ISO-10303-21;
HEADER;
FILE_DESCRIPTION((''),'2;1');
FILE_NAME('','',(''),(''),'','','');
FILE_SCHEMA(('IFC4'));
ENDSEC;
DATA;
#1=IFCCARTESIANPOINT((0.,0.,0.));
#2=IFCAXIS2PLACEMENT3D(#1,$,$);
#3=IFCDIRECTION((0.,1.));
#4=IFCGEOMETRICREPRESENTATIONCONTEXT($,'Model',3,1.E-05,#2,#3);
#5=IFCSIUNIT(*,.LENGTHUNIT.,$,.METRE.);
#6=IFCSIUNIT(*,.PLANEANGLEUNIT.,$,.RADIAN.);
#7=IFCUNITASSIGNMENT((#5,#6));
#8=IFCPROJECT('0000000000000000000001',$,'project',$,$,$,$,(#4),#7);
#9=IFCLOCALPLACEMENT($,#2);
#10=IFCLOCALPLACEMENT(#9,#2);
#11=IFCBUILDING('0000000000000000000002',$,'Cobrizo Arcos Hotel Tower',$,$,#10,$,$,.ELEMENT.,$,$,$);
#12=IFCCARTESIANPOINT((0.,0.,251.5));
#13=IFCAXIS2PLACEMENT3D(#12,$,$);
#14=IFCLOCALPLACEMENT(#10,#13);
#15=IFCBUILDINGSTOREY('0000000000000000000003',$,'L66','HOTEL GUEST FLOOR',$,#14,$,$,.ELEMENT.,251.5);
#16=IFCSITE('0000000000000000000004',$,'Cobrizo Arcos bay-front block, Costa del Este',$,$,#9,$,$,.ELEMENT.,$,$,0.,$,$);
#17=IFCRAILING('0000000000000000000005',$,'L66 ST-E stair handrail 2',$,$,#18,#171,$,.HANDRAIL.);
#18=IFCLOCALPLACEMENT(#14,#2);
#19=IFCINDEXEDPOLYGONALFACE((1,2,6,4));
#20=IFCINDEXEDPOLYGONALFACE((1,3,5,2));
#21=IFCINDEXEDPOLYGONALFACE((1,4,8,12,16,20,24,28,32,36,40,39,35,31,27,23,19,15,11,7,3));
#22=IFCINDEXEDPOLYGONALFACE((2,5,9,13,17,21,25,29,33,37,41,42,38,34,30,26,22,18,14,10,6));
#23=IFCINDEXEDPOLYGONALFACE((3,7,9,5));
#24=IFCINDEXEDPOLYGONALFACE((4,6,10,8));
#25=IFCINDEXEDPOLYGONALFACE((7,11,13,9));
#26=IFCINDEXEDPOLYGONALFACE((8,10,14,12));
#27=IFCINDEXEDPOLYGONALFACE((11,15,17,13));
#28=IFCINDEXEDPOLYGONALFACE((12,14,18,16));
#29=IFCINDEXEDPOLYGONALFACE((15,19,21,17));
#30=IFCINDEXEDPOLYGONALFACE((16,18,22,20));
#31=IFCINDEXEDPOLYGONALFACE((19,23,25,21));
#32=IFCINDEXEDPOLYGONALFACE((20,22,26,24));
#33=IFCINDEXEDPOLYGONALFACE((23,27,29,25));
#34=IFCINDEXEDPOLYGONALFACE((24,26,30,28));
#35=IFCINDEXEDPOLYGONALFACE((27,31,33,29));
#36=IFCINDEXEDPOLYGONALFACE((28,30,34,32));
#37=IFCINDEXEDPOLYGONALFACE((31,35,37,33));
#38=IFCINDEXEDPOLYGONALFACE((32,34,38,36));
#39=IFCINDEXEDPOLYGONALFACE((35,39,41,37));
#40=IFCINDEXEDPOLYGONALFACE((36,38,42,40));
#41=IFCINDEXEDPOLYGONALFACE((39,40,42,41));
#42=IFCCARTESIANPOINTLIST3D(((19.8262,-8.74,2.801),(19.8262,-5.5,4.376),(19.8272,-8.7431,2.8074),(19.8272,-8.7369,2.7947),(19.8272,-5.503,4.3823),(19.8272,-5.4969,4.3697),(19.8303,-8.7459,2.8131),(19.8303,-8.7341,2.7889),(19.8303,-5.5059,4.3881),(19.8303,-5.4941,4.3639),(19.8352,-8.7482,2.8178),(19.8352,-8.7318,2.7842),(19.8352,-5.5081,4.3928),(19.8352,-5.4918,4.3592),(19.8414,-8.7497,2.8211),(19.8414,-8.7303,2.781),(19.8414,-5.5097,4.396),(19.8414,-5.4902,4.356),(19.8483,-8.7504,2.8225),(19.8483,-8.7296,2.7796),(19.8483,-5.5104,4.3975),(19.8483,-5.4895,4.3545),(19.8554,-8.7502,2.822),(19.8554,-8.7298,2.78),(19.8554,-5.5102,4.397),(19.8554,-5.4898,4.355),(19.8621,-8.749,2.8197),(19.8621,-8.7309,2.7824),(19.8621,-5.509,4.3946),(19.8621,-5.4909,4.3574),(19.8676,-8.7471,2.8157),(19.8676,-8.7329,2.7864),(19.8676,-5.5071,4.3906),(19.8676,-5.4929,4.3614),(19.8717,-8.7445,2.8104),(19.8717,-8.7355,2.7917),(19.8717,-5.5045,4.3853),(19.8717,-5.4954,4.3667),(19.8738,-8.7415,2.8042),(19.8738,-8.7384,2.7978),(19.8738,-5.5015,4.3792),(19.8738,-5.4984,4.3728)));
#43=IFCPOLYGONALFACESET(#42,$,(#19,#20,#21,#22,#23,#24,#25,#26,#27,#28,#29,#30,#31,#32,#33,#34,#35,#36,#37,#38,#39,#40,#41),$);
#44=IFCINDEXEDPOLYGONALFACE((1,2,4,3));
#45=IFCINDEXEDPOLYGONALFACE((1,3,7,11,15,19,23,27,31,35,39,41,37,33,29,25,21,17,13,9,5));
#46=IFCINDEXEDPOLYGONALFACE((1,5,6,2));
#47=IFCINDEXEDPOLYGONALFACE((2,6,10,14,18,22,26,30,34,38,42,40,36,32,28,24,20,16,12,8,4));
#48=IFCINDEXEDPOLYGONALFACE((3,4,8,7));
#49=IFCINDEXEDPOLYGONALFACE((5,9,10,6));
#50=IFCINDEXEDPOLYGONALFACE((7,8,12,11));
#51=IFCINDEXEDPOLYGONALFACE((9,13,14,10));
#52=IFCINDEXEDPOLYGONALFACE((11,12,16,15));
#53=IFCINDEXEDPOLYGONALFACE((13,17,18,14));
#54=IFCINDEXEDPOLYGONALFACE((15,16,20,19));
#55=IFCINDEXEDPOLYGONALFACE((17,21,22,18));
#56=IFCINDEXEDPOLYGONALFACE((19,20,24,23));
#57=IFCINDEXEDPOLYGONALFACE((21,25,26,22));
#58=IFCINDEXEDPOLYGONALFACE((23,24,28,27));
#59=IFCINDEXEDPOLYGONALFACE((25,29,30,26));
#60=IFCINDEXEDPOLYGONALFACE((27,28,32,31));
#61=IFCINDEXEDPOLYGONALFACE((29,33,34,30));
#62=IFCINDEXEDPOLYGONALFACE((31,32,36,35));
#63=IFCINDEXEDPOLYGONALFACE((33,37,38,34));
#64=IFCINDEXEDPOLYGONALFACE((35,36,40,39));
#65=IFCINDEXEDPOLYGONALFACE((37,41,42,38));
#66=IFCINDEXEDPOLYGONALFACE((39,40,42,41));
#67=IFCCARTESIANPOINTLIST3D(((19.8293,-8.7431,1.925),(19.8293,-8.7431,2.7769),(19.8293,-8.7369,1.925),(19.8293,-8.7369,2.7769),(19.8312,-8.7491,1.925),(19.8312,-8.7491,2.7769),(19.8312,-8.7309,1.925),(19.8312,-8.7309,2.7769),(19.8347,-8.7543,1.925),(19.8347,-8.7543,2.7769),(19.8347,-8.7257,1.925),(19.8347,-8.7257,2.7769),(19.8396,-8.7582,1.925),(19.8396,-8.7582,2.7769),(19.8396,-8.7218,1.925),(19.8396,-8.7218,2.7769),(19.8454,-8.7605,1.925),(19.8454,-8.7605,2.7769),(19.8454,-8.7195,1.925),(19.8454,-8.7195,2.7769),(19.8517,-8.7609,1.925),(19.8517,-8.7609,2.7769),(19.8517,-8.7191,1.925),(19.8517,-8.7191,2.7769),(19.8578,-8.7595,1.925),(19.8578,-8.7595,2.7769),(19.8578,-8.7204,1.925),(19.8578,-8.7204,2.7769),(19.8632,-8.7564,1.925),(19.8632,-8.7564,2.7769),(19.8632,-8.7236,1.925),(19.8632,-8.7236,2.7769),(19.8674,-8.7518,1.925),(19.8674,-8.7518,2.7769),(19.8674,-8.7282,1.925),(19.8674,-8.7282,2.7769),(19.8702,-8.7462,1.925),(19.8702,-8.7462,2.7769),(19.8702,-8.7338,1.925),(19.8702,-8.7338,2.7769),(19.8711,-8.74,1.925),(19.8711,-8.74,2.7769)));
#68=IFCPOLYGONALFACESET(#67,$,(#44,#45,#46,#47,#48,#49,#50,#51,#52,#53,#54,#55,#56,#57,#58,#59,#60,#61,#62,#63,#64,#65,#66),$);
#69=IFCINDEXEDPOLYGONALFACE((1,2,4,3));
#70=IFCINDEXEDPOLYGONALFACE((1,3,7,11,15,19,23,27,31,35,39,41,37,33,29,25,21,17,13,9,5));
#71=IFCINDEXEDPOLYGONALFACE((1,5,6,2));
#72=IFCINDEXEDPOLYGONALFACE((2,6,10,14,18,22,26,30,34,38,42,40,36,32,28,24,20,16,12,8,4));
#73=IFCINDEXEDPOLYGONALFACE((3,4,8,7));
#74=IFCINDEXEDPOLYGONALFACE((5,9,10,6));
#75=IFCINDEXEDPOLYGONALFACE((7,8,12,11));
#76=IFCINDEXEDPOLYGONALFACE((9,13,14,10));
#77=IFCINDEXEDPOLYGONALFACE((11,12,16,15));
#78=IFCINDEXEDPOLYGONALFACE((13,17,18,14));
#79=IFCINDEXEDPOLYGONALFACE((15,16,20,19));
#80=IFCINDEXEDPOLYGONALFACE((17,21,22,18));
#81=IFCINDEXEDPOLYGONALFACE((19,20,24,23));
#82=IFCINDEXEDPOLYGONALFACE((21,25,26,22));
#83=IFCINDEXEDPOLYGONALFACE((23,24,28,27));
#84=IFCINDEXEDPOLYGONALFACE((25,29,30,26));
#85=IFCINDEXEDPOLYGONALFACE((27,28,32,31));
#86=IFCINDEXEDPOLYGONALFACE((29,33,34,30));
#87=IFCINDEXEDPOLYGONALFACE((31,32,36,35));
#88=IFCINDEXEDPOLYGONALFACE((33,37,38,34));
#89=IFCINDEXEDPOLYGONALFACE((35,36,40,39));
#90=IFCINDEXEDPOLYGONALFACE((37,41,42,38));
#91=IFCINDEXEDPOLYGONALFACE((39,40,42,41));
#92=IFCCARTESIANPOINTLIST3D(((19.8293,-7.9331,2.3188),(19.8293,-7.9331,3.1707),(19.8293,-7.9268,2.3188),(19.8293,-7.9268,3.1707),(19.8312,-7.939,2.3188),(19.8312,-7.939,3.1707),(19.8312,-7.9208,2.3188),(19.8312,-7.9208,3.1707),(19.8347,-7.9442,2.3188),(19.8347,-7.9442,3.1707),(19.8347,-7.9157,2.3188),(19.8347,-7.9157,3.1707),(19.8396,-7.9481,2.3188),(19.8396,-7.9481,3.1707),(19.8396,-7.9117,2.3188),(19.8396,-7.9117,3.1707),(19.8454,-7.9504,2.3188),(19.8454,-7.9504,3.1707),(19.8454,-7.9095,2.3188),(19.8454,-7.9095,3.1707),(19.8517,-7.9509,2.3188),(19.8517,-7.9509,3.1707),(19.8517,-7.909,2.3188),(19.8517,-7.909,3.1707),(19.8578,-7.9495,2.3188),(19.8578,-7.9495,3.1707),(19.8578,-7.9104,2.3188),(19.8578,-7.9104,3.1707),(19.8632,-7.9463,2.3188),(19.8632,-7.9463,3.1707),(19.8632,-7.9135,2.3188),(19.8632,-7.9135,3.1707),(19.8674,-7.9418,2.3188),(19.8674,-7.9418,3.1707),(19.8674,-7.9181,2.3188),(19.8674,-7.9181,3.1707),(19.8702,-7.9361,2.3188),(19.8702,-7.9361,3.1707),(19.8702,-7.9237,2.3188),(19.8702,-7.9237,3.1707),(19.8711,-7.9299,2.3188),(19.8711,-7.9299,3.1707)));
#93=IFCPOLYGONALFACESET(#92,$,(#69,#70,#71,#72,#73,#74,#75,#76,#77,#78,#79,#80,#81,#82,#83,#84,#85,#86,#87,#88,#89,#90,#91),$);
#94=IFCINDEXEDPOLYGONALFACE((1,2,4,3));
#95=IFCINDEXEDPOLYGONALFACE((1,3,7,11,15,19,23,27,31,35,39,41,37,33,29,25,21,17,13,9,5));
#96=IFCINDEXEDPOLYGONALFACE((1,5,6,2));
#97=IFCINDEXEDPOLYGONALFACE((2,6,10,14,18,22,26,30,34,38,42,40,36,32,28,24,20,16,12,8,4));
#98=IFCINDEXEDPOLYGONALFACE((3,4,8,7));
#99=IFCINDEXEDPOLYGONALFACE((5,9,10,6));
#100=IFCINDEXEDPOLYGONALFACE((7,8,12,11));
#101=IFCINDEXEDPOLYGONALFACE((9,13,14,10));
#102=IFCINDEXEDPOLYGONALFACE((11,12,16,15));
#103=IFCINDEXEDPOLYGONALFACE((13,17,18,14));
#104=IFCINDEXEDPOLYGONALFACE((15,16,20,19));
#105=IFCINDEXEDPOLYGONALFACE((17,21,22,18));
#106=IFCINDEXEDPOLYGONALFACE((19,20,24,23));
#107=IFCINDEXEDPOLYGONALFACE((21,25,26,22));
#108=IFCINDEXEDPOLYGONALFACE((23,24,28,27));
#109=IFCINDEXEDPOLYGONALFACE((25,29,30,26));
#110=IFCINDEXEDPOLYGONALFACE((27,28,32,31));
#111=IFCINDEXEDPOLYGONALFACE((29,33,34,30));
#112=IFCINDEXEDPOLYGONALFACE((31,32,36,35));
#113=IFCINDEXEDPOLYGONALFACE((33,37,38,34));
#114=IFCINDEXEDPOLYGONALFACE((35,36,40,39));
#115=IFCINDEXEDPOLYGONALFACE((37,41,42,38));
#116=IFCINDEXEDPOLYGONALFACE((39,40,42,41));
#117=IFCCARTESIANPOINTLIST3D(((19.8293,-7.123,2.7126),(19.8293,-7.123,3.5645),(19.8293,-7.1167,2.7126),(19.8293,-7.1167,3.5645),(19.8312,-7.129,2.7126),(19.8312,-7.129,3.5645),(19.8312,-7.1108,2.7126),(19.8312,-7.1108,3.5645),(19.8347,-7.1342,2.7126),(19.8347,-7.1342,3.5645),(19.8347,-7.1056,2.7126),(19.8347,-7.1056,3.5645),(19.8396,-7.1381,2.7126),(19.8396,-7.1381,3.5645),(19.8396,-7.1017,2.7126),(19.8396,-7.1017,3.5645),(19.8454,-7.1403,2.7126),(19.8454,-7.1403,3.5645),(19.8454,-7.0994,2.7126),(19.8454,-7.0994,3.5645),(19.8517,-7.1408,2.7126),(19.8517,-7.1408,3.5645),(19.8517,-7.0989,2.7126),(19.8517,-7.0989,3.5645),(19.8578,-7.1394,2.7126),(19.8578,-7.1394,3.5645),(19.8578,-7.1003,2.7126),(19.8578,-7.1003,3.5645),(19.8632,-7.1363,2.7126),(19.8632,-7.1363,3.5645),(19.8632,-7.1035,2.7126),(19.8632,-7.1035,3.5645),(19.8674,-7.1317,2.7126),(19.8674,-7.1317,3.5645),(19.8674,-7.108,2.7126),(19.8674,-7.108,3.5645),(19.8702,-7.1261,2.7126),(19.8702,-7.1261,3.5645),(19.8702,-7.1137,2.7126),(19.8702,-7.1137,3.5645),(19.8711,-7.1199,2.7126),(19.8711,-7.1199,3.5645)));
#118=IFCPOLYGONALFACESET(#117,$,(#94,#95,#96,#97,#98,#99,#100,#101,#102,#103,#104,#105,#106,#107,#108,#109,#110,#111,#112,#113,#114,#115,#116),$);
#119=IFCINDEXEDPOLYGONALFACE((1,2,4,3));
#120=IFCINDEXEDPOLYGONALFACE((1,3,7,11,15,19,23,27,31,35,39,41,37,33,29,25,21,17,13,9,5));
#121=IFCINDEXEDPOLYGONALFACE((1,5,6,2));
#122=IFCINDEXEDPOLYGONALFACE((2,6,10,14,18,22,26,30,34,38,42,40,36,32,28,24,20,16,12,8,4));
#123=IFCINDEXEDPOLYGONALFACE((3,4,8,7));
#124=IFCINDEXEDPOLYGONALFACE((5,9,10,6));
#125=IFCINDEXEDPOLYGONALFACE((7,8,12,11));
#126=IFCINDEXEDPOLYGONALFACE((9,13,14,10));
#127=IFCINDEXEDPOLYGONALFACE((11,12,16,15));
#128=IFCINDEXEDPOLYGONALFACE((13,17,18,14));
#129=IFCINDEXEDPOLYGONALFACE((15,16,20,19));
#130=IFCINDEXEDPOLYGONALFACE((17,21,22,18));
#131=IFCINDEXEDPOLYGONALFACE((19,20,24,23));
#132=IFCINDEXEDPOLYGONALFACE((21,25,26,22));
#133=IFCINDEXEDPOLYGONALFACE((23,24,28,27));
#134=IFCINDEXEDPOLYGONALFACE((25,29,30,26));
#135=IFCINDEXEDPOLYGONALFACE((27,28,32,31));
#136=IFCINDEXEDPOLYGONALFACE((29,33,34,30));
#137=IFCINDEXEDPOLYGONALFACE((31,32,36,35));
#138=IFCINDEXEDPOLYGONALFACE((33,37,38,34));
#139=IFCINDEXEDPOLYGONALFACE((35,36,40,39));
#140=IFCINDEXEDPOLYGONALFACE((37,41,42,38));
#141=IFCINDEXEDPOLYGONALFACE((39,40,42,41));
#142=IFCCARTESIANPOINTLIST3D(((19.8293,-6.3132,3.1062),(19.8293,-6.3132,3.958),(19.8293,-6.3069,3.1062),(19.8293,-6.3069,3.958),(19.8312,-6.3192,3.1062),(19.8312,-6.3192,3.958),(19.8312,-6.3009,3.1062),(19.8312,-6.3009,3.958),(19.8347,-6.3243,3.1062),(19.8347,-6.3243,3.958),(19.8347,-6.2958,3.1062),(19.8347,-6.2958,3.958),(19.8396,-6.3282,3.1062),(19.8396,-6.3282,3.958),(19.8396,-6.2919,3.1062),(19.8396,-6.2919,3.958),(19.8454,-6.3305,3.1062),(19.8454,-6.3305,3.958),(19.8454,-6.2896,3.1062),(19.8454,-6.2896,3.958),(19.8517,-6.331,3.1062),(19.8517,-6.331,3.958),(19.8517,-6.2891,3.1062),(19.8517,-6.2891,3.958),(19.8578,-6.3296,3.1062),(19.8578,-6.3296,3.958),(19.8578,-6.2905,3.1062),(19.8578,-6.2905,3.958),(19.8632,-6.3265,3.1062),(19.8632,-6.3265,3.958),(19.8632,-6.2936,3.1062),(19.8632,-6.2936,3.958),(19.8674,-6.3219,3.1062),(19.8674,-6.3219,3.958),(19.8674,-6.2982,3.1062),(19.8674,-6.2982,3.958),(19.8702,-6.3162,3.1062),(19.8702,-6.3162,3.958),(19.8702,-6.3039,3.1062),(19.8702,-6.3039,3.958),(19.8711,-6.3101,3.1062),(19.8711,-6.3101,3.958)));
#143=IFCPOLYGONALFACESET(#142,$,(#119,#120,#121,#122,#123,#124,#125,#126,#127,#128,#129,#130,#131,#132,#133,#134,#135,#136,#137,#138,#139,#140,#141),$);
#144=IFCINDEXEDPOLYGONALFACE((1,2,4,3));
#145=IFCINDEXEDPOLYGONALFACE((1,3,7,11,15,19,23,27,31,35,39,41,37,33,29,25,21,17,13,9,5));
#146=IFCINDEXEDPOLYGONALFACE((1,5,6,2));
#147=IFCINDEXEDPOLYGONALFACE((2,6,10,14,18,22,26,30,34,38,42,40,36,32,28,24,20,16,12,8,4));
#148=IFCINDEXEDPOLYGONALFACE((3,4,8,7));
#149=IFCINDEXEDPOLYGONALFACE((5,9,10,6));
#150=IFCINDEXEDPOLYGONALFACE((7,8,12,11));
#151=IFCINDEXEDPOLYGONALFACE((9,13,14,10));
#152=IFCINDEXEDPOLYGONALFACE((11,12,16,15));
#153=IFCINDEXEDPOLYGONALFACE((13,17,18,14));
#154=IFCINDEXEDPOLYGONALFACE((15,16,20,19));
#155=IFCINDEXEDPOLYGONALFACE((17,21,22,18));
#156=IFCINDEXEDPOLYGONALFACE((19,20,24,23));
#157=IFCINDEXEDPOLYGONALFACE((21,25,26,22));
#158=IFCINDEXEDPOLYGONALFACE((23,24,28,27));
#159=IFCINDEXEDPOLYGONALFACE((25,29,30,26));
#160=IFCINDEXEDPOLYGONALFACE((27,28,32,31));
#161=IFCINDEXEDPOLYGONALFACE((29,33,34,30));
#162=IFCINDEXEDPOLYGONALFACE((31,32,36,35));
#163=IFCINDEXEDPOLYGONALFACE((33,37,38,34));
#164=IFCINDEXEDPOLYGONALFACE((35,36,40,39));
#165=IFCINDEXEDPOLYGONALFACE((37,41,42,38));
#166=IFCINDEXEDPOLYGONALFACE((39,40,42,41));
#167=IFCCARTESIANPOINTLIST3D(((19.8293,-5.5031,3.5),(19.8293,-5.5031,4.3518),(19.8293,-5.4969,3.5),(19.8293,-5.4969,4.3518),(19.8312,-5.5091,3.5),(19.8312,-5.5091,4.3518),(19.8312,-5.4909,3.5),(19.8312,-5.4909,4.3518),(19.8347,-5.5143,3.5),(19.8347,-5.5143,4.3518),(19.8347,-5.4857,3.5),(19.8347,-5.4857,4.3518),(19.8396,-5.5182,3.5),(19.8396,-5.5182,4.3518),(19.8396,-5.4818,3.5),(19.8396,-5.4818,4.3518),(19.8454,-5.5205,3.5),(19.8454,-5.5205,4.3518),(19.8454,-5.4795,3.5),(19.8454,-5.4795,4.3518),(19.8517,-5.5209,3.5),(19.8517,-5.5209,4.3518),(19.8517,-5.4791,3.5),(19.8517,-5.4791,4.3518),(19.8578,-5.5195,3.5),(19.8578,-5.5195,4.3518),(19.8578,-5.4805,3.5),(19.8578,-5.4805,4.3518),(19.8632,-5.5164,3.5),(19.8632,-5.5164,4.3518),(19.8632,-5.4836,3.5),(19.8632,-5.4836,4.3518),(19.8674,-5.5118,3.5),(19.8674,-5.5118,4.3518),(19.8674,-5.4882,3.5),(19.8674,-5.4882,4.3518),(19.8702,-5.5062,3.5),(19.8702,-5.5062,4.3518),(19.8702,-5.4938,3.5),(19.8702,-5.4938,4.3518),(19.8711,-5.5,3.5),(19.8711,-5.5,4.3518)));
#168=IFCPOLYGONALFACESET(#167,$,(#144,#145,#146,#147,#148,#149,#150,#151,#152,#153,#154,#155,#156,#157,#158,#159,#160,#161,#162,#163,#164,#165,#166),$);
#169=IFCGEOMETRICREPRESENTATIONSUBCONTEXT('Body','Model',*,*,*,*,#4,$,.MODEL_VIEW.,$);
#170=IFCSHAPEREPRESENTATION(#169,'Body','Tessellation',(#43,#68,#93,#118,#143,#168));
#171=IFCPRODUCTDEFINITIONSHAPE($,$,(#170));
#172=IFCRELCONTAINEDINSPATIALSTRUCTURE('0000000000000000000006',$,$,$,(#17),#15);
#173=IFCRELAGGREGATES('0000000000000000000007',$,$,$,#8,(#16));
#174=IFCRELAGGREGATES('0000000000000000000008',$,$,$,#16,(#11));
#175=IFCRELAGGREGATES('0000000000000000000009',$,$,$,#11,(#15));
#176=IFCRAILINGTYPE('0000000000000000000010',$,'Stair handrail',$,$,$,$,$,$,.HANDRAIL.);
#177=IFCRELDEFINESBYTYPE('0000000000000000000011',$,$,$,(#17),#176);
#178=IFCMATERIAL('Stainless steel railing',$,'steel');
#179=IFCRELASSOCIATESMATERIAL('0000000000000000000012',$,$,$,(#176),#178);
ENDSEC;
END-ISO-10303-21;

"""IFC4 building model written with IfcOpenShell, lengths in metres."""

from ifc_helpers import new_model, si_unit, direction, frame, origin, origin_2d, place, context, subcontext, project, spatial, circle, extrude, material, type_object, element, save


model = new_model("IFC4")

# Units and contexts
model_context = context("Model", 3, precision=1e-05, world=origin(), true_north=direction((0.0, 1.0)))
body_context = subcontext(model_context, "Body", "Model", "MODEL_VIEW")
ifc_project = project(units=[si_unit("LENGTHUNIT", "METRE"), si_unit("PLANEANGLEUNIT", "RADIAN")], contexts=[model_context])

# Site, building, storey
site_placement = place(None, origin())
site = spatial("IfcSite", under=ifc_project, at=site_placement, Name="Cobrizo Arcos bay-front block, Costa del Este", CompositionType="ELEMENT", RefElevation=0.0)
building_placement = place(site_placement, origin())
building = spatial("IfcBuilding", under=site, at=building_placement, Name="Cobrizo Arcos Hotel Tower", CompositionType="ELEMENT")
storey_placement = place(building_placement, frame((0.0, 0.0, 251.5)))
storey = spatial("IfcBuildingStorey", under=building, at=storey_placement, Name="L66", Description="HOTEL GUEST FLOOR", CompositionType="ELEMENT", Elevation=251.5)

# Railing
ifc_material_1 = material(Name="Stainless steel railing", Category="steel")
railing_type_1 = type_object("IfcRailingType", Name="Stair handrail", PredefinedType="HANDRAIL", material=ifc_material_1)
railing_1_placement = place(storey_placement, frame((19.8501, -8.74, 1.925)))
element("IfcRailing", 1, at=railing_1_placement, inside=storey, type_object=railing_type_1, Name="L66 ST-E stair handrail 2", PredefinedType="HANDRAIL", context=body_context, shape_type="SweptSolid", body=[
    extrude(circle(Radius=0.0239, at=origin_2d()), frame((0.0, 0.0, 0.876), z_axis=(0.0, 0.899373, 0.437183), x_axis=(-1.0, 0.0, 0.0)), (0.0, 0.0, 1.0), 3.6025),
    extrude(circle(Radius=0.021, at=origin_2d()), origin(), (0.0, 0.0, 1.0), 0.8518),
    extrude(circle(Radius=0.021, at=origin_2d()), frame((0.0, 0.8101, 0.3938)), (0.0, 0.0, 1.0), 0.8518),
    extrude(circle(Radius=0.021, at=origin_2d()), frame((0.0, 1.6201, 0.7876)), (0.0, 0.0, 1.0), 0.8518),
    extrude(circle(Radius=0.021, at=origin_2d()), frame((0.0, 2.4299, 1.1812)), (0.0, 0.0, 1.0), 0.8518),
    extrude(circle(Radius=0.021, at=origin_2d()), frame((0.0, 3.24, 1.575)), (0.0, 0.0, 1.0), 0.8518),
])

save(model, "model.ifc")
